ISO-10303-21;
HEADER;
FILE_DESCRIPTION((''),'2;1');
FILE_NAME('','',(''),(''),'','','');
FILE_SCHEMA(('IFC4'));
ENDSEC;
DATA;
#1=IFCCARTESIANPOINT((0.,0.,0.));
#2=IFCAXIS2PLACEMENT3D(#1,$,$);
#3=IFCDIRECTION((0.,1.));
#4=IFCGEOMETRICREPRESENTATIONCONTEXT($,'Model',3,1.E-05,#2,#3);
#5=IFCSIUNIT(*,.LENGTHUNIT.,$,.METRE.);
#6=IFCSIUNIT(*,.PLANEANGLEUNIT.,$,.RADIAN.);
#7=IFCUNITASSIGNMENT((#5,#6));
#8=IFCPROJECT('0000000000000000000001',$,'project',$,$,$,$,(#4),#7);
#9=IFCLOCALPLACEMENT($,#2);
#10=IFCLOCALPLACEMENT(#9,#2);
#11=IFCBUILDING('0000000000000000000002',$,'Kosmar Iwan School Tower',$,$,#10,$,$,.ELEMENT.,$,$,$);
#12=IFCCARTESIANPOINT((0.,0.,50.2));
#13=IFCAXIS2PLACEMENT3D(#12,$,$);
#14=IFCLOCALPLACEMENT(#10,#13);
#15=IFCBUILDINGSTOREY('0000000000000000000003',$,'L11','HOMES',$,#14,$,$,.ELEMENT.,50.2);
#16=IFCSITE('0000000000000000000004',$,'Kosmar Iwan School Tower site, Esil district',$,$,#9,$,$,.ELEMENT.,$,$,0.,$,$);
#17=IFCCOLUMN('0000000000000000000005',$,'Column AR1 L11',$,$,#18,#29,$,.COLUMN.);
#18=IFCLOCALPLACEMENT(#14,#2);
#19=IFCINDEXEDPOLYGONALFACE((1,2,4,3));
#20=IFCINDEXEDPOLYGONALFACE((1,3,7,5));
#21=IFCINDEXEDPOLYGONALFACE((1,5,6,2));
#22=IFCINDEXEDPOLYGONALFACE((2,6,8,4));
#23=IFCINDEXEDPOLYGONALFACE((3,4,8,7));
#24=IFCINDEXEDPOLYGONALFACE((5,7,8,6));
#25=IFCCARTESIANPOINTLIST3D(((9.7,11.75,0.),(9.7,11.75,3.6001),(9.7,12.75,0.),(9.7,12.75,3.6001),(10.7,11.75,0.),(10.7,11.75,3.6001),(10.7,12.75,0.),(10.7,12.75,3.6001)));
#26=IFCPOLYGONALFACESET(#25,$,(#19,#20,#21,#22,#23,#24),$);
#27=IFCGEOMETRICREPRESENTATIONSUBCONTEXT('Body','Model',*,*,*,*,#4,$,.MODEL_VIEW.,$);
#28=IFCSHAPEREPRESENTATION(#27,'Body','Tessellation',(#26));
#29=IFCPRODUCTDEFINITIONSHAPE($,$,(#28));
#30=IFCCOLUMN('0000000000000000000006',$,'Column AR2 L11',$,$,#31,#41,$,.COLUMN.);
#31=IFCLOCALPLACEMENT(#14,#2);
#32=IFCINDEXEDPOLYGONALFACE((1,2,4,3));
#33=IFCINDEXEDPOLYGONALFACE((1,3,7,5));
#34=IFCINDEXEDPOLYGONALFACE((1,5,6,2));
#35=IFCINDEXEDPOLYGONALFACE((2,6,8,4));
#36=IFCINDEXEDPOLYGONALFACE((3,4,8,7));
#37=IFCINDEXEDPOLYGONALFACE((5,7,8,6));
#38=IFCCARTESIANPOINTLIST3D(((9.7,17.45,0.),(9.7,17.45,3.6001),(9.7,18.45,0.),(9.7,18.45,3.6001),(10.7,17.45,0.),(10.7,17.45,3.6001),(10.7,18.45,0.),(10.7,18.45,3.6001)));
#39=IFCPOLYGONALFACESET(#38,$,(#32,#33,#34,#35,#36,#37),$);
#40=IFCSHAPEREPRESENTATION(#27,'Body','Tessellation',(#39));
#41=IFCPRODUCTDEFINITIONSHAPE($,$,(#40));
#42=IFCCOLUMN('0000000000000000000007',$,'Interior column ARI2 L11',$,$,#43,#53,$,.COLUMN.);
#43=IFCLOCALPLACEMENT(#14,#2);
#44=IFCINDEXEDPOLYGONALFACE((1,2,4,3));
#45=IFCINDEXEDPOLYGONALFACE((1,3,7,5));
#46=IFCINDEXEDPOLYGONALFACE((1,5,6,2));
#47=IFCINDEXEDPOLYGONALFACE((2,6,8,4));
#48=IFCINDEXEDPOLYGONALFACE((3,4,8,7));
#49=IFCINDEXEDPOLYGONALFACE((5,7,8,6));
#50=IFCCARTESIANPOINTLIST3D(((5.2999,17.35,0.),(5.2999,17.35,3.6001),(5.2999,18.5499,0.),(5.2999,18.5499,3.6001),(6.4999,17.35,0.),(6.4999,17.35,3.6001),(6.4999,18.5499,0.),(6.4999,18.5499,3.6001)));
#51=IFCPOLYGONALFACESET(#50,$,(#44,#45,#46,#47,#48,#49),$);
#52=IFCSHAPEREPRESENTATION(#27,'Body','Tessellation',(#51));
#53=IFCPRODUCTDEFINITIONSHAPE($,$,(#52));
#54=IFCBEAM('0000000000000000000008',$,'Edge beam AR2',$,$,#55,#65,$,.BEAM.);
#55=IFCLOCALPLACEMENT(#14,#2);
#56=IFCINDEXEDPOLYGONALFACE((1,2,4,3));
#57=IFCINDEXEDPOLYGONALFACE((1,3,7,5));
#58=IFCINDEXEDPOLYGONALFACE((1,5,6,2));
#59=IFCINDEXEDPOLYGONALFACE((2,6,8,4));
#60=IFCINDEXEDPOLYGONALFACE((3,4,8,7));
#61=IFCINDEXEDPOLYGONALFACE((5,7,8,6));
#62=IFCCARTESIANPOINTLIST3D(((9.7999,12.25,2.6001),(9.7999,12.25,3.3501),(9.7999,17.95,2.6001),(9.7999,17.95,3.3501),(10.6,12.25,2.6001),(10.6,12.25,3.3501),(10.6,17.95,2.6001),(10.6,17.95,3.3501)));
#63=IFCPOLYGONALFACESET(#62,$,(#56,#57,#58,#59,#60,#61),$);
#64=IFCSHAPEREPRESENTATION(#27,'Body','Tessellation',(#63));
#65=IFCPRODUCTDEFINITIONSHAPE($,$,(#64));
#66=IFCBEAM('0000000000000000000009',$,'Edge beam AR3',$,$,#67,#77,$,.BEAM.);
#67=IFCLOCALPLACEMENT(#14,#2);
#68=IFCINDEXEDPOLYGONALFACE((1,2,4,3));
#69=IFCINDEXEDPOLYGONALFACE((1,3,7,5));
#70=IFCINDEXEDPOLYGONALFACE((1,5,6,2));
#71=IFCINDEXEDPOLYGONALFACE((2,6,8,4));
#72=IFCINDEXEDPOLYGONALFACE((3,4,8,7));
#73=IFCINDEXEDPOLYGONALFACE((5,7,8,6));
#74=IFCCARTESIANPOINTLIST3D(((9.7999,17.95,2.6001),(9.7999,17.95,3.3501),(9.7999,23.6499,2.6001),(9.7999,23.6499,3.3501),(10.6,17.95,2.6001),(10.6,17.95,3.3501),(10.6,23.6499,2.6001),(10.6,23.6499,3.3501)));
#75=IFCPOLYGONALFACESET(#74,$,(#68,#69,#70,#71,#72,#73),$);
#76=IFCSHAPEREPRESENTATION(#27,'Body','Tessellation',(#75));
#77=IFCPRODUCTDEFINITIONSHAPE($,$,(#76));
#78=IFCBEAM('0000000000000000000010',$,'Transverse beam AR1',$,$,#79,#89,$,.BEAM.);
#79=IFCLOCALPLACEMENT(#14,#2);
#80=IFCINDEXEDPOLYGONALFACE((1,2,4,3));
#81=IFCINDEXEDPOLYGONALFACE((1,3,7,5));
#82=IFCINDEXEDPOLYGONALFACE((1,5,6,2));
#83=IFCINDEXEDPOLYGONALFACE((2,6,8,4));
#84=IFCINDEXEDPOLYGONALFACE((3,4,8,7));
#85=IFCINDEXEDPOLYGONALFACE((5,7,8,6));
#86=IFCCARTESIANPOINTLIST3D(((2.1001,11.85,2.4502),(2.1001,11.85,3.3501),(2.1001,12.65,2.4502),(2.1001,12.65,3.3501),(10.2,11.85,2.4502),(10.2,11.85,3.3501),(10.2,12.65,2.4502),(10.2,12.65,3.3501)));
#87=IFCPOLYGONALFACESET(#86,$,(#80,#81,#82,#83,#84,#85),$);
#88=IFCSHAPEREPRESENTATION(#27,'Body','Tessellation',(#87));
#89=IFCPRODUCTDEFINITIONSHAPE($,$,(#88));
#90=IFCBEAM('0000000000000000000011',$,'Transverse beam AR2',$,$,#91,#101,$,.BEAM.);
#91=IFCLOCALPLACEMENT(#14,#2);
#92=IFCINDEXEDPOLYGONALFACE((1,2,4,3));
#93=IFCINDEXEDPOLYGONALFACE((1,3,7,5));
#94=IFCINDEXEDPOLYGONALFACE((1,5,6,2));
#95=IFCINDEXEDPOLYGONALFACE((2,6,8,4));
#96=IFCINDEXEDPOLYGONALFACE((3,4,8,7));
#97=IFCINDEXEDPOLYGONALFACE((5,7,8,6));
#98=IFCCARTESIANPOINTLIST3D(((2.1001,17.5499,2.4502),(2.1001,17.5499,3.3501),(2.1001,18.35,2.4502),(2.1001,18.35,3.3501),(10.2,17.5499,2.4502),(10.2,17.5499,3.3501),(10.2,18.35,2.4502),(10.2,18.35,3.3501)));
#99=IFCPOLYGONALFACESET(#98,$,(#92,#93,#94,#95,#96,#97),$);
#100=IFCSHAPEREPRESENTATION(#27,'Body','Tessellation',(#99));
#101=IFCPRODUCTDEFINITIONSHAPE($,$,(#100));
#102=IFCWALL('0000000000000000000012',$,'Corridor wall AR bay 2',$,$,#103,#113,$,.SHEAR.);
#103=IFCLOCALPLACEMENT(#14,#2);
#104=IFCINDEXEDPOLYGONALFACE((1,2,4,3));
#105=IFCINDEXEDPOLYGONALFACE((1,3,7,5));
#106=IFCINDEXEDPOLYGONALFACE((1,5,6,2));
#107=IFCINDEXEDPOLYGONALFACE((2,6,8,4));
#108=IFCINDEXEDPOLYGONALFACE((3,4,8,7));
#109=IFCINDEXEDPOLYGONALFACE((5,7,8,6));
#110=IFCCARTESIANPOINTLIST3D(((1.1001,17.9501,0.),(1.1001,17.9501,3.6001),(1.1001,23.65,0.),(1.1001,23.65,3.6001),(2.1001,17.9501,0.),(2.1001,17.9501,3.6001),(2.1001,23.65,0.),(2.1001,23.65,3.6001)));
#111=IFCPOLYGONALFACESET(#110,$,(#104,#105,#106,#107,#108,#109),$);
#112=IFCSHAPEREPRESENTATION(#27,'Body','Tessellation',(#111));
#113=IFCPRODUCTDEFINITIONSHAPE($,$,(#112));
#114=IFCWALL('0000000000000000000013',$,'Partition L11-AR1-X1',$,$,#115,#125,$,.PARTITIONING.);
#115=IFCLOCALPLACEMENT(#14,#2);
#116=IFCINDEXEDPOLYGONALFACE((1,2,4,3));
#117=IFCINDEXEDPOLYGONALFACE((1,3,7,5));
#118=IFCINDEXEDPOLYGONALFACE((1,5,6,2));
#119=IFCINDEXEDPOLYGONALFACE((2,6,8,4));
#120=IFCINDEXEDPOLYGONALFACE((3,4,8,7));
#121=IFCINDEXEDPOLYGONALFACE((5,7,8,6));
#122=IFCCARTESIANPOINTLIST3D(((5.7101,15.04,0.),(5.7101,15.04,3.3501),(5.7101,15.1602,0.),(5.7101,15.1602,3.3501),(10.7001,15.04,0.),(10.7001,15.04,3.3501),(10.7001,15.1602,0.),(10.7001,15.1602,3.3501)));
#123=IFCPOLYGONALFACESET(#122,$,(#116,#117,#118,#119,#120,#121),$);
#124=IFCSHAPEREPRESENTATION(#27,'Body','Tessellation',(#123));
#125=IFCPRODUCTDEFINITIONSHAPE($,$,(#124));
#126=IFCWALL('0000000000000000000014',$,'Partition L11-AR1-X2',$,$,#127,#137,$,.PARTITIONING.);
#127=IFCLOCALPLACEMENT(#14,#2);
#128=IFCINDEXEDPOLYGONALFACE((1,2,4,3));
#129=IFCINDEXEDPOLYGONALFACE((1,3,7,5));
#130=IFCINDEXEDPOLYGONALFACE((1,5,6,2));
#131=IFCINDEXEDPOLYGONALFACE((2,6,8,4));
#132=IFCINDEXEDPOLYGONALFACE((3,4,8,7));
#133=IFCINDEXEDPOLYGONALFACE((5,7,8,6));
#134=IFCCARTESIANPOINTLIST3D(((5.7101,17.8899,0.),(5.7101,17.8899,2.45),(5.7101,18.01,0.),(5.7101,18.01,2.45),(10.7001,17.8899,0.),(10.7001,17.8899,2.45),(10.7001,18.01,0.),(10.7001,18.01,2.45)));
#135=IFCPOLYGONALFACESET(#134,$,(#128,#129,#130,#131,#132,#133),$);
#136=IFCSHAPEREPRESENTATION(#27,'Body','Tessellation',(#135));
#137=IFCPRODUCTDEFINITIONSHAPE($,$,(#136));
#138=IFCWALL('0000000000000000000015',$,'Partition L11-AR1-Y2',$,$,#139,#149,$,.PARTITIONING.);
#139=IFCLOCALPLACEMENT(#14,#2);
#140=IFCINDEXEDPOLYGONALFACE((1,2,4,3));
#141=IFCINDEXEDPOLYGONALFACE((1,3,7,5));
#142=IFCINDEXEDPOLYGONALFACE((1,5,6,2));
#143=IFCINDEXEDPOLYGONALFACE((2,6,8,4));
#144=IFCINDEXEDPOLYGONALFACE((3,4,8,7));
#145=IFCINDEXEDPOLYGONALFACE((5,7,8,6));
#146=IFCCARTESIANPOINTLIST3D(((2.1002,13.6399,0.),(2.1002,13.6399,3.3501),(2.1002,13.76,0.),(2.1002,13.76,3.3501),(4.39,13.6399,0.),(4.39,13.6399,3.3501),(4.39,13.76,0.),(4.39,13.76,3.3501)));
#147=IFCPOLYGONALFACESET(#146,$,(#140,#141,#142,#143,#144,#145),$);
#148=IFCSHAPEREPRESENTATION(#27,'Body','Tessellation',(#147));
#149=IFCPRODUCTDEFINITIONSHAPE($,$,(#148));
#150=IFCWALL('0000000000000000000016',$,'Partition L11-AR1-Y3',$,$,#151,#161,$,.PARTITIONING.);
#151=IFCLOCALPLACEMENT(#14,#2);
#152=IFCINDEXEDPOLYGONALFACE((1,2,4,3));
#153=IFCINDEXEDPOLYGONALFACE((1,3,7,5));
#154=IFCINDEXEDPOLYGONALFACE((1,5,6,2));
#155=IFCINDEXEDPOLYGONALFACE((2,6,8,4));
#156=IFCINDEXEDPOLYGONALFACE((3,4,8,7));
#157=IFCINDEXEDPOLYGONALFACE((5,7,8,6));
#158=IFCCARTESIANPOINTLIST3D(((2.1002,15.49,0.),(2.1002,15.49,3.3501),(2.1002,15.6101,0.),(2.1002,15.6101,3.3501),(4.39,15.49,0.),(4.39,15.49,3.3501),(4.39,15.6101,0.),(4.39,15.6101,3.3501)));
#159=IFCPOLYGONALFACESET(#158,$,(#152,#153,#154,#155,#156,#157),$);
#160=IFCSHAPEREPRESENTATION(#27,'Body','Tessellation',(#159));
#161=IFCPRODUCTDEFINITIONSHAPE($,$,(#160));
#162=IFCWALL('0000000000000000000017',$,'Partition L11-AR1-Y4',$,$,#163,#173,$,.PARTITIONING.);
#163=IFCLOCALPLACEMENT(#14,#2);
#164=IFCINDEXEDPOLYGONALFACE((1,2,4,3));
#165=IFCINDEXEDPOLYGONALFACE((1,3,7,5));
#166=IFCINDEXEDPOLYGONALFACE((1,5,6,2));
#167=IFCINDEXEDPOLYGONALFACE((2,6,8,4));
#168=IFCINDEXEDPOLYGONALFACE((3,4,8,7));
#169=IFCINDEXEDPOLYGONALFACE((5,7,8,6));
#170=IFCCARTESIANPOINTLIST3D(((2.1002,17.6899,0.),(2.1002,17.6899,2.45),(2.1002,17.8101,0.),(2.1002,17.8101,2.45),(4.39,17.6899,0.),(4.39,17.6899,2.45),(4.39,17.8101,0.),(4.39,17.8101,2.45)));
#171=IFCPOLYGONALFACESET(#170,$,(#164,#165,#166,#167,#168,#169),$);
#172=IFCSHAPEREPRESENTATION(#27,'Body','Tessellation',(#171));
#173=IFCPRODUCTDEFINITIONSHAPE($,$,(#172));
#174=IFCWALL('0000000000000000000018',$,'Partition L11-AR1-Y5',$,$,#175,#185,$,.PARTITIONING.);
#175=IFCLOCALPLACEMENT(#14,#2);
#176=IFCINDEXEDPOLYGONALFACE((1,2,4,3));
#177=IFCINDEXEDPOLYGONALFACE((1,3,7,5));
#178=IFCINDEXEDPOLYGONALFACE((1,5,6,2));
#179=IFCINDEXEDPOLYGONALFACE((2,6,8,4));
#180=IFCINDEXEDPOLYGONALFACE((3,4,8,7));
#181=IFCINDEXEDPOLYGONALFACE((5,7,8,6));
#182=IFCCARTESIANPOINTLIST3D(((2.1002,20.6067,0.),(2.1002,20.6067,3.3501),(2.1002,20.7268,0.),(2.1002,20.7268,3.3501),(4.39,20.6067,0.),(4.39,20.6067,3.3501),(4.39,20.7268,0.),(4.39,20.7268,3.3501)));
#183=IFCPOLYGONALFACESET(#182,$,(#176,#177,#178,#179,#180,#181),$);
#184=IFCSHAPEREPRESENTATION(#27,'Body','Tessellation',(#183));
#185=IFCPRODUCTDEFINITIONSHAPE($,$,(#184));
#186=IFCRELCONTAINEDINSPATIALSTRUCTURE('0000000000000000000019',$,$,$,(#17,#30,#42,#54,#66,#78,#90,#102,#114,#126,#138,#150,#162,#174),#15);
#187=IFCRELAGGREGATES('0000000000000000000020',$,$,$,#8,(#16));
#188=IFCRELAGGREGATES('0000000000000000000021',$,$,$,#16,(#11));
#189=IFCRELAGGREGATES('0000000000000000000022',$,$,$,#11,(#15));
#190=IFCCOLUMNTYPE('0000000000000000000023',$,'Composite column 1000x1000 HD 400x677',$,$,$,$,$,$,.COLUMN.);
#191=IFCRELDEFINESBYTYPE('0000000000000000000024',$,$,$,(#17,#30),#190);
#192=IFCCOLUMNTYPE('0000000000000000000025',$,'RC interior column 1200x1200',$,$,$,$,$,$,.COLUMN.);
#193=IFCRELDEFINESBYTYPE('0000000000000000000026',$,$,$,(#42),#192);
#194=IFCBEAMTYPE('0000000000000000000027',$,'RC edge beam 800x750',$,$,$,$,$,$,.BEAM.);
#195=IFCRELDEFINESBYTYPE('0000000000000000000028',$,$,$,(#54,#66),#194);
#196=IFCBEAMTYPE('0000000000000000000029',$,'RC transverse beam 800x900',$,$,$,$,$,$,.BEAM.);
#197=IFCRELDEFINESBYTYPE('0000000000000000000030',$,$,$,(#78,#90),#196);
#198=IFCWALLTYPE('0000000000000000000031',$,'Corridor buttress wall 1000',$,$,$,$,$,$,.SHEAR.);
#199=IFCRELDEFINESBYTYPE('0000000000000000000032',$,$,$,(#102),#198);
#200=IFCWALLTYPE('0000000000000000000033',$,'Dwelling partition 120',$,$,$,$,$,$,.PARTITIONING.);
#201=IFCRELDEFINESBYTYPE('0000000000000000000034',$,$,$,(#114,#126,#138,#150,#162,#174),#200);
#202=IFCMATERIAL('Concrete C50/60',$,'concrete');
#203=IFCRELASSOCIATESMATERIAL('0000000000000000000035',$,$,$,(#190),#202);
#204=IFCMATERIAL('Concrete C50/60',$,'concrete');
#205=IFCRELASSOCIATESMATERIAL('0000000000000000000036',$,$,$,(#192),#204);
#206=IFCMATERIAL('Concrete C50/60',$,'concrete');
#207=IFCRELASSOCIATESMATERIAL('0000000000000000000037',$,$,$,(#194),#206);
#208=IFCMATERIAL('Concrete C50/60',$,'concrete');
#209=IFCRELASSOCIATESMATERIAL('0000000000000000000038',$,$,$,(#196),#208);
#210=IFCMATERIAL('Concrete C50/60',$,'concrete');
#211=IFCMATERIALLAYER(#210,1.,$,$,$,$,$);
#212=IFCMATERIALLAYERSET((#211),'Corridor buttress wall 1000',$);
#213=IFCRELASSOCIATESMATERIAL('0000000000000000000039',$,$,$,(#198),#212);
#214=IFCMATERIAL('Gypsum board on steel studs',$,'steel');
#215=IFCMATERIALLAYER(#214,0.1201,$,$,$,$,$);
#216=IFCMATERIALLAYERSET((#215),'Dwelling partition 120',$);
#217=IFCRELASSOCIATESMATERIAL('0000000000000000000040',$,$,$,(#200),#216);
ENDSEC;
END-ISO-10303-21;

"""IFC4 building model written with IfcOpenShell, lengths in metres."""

from ifc_helpers import new_model, si_unit, direction, frame, frame_2d, origin, origin_2d, place, context, subcontext, project, spatial, rectangle, extrude, material, layer, layer_set, material_profile, profile_set, type_object, element, save


model = new_model("IFC4")

# Units and contexts
model_context = context("Model", 3, precision=1e-05, world=origin(), true_north=direction((0.0, 1.0)))
body_context = subcontext(model_context, "Body", "Model", "MODEL_VIEW")
ifc_project = project(units=[si_unit("LENGTHUNIT", "METRE"), si_unit("PLANEANGLEUNIT", "RADIAN")], contexts=[model_context])

# Site, building, storey
site_placement = place(None, origin())
site = spatial("IfcSite", under=ifc_project, at=site_placement, Name="Kosmar Iwan School Tower site, Esil district", CompositionType="ELEMENT", RefElevation=0.0)
building_placement = place(site_placement, origin())
building = spatial("IfcBuilding", under=site, at=building_placement, Name="Kosmar Iwan School Tower", CompositionType="ELEMENT")
storey_placement = place(building_placement, frame((0.0, 0.0, 50.2)))
storey = spatial("IfcBuildingStorey", under=building, at=storey_placement, Name="L11", Description="HOMES", CompositionType="ELEMENT", Elevation=50.2)

# Columns
ifc_material_1 = material(Name="Concrete C50/60", Category="concrete")
ifc_material_profile_1 = material_profile(ifc_material_1, rectangle(XDim=1.0, YDim=1.0, at=origin_2d()), Name="RC 1000x1000 + HD 400x677")
ifc_profile_set_1 = profile_set([ifc_material_profile_1], Name="Concrete C50/60")
column_type_1 = type_object("IfcColumnType", Name="Composite column 1000x1000 HD 400x677", PredefinedType="COLUMN", material=ifc_profile_set_1)
for number, where, z_axis, x_axis, name in (
    (1, (10.2, 12.25, 0.0), (0.0, 0.0, 1.0), (0.0, 1.0, 0.0), "Column AR1 L11"),
    (2, (10.2, 17.95, 0.0), (0.0, 0.0, 1.0), (0.0, 1.0, 0.0), "Column AR2 L11"),
):
    element("IfcColumn", number, at=place(storey_placement, frame(where, z_axis=z_axis, x_axis=x_axis)), inside=storey, type_object=column_type_1, Name=name, PredefinedType="COLUMN", context=body_context, shape_type="SweptSolid", body=[
        extrude(rectangle(XDim=1.0, YDim=1.0, at=origin_2d()), origin(), (0.0, 0.0, 1.0), 3.6001),
    ])
ifc_material_2 = material(Name="Concrete C50/60", Category="concrete")
ifc_material_profile_2 = material_profile(ifc_material_2, rectangle(XDim=1.2, YDim=1.2, at=origin_2d()), Name="RC 1200x1200")
ifc_profile_set_2 = profile_set([ifc_material_profile_2], Name="Concrete C50/60")
column_type_2 = type_object("IfcColumnType", Name="RC interior column 1200x1200", PredefinedType="COLUMN", material=ifc_profile_set_2)
column_placement = place(storey_placement, frame((5.8999, 17.95, 0.0), z_axis=(0.0, 0.0, 1.0), x_axis=(0.0, 1.0, 0.0)))
element("IfcColumn", 3, at=column_placement, inside=storey, type_object=column_type_2, Name="Interior column ARI2 L11", PredefinedType="COLUMN", context=body_context, shape_type="SweptSolid", body=[
    extrude(rectangle(XDim=1.2, YDim=1.2, at=origin_2d()), origin(), (0.0, 0.0, 1.0), 3.6001),
])

# Beams
ifc_material_3 = material(Name="Concrete C50/60", Category="concrete")
ifc_material_profile_3 = material_profile(ifc_material_3, rectangle(XDim=0.8, YDim=0.75, at=origin_2d()), Name="RC 800x750")
ifc_profile_set_3 = profile_set([ifc_material_profile_3], Name="Concrete C50/60")
beam_type_1 = type_object("IfcBeamType", Name="RC edge beam 800x750", PredefinedType="BEAM", material=ifc_profile_set_3)
for number, where, z_axis, x_axis, name in (
    (4, (10.2, 12.25, 2.9751), (0.0, 1.0, 0.0), (-1.0, 0.0, 0.0), "Edge beam AR2"),
    (5, (10.2, 17.95, 2.9751), (0.0, 1.0, 0.0), (-1.0, 0.0, 0.0), "Edge beam AR3"),
):
    element("IfcBeam", number, at=place(storey_placement, frame(where, z_axis=z_axis, x_axis=x_axis)), inside=storey, type_object=beam_type_1, Name=name, PredefinedType="BEAM", context=body_context, shape_type="SweptSolid", body=[
        extrude(rectangle(XDim=0.8, YDim=0.75, at=origin_2d()), origin(), (0.0, 0.0, 1.0), 5.7),
    ])
ifc_material_4 = material(Name="Concrete C50/60", Category="concrete")
ifc_material_profile_4 = material_profile(ifc_material_4, rectangle(XDim=0.8, YDim=0.8999, at=origin_2d()), Name="RC 800x900")
ifc_profile_set_4 = profile_set([ifc_material_profile_4], Name="Concrete C50/60")
beam_type_2 = type_object("IfcBeamType", Name="RC transverse beam 800x900", PredefinedType="BEAM", material=ifc_profile_set_4)
for number, where, z_axis, x_axis, name in (
    (6, (10.2, 12.25, 2.9001), (-1.0, 0.0, 0.0), (0.0, -1.0, 0.0), "Transverse beam AR1"),
    (7, (10.2, 17.95, 2.9001), (-1.0, 0.0, 0.0), (0.0, -1.0, 0.0), "Transverse beam AR2"),
):
    element("IfcBeam", number, at=place(storey_placement, frame(where, z_axis=z_axis, x_axis=x_axis)), inside=storey, type_object=beam_type_2, Name=name, PredefinedType="BEAM", context=body_context, shape_type="SweptSolid", body=[
        extrude(rectangle(XDim=0.8, YDim=0.8999, at=origin_2d()), origin(), (0.0, 0.0, 1.0), 8.0999),
    ])

# Walls
ifc_material_5 = material(Name="Concrete C50/60", Category="concrete")
ifc_layer_1 = layer(ifc_material_5, 1.0)
ifc_layer_set_1 = layer_set([ifc_layer_1], Name="Corridor buttress wall 1000")
wall_type_1 = type_object("IfcWallType", Name="Corridor buttress wall 1000", PredefinedType="SHEAR", material=ifc_layer_set_1)
wall_1_placement = place(storey_placement, frame((1.6001, 17.95, 0.0), z_axis=(0.0, 0.0, 1.0), x_axis=(0.0, 1.0, 0.0)))
element("IfcWall", 8, at=wall_1_placement, inside=storey, type_object=wall_type_1, Name="Corridor wall AR bay 2", PredefinedType="SHEAR", context=body_context, shape_type="SweptSolid", body=[
    extrude(rectangle(XDim=5.7, YDim=1.0, at=frame_2d((2.8501, 0.0))), origin(), (0.0, 0.0, 1.0), 3.6001),
])
ifc_material_6 = material(Name="Gypsum board on steel studs", Category="steel")
ifc_layer_2 = layer(ifc_material_6, 0.1201)
ifc_layer_set_2 = layer_set([ifc_layer_2], Name="Dwelling partition 120")
wall_type_2 = type_object("IfcWallType", Name="Dwelling partition 120", PredefinedType="PARTITIONING", material=ifc_layer_set_2)
wall_2_placement = place(storey_placement, frame((5.71, 15.1001, 0.0), z_axis=(0.0, 0.0, 1.0), x_axis=(1.0, 0.0, 0.0)))
element("IfcWall", 9, at=wall_2_placement, inside=storey, type_object=wall_type_2, Name="Partition L11-AR1-X1", PredefinedType="PARTITIONING", context=body_context, shape_type="SweptSolid", body=[
    extrude(rectangle(XDim=4.99, YDim=0.1201, at=frame_2d((2.4951, 0.0))), origin(), (0.0, 0.0, 1.0), 3.3501),
])
wall_3_placement = place(storey_placement, frame((5.71, 17.95, 0.0), z_axis=(0.0, 0.0, 1.0), x_axis=(1.0, 0.0, 0.0)))
element("IfcWall", 10, at=wall_3_placement, inside=storey, type_object=wall_type_2, Name="Partition L11-AR1-X2", PredefinedType="PARTITIONING", context=body_context, shape_type="SweptSolid", body=[
    extrude(rectangle(XDim=4.99, YDim=0.1201, at=frame_2d((2.4951, 0.0))), origin(), (0.0, 0.0, 1.0), 2.45),
])
for number, where, z_axis, x_axis, name in (
    (11, (2.1001, 13.7, 0.0), (0.0, 0.0, 1.0), (1.0, 0.0, 0.0), "Partition L11-AR1-Y2"),
    (12, (2.1001, 15.55, 0.0), (0.0, 0.0, 1.0), (1.0, 0.0, 0.0), "Partition L11-AR1-Y3"),
):
    element("IfcWall", number, at=place(storey_placement, frame(where, z_axis=z_axis, x_axis=x_axis)), inside=storey, type_object=wall_type_2, Name=name, PredefinedType="PARTITIONING", context=body_context, shape_type="SweptSolid", body=[
        extrude(rectangle(XDim=2.2898, YDim=0.1201, at=frame_2d((1.145, 0.0))), origin(), (0.0, 0.0, 1.0), 3.3501),
    ])
wall_4_placement = place(storey_placement, frame((2.1001, 17.75, 0.0), z_axis=(0.0, 0.0, 1.0), x_axis=(1.0, 0.0, 0.0)))
element("IfcWall", 13, at=wall_4_placement, inside=storey, type_object=wall_type_2, Name="Partition L11-AR1-Y4", PredefinedType="PARTITIONING", context=body_context, shape_type="SweptSolid", body=[
    extrude(rectangle(XDim=2.2898, YDim=0.1201, at=frame_2d((1.145, 0.0))), origin(), (0.0, 0.0, 1.0), 2.45),
])
wall_5_placement = place(storey_placement, frame((2.1001, 20.6667, 0.0), z_axis=(0.0, 0.0, 1.0), x_axis=(1.0, 0.0, 0.0)))
element("IfcWall", 14, at=wall_5_placement, inside=storey, type_object=wall_type_2, Name="Partition L11-AR1-Y5", PredefinedType="PARTITIONING", context=body_context, shape_type="SweptSolid", body=[
    extrude(rectangle(XDim=2.2898, YDim=0.1201, at=frame_2d((1.145, 0.0))), origin(), (0.0, 0.0, 1.0), 3.3501),
])

save(model, "model.ifc")
